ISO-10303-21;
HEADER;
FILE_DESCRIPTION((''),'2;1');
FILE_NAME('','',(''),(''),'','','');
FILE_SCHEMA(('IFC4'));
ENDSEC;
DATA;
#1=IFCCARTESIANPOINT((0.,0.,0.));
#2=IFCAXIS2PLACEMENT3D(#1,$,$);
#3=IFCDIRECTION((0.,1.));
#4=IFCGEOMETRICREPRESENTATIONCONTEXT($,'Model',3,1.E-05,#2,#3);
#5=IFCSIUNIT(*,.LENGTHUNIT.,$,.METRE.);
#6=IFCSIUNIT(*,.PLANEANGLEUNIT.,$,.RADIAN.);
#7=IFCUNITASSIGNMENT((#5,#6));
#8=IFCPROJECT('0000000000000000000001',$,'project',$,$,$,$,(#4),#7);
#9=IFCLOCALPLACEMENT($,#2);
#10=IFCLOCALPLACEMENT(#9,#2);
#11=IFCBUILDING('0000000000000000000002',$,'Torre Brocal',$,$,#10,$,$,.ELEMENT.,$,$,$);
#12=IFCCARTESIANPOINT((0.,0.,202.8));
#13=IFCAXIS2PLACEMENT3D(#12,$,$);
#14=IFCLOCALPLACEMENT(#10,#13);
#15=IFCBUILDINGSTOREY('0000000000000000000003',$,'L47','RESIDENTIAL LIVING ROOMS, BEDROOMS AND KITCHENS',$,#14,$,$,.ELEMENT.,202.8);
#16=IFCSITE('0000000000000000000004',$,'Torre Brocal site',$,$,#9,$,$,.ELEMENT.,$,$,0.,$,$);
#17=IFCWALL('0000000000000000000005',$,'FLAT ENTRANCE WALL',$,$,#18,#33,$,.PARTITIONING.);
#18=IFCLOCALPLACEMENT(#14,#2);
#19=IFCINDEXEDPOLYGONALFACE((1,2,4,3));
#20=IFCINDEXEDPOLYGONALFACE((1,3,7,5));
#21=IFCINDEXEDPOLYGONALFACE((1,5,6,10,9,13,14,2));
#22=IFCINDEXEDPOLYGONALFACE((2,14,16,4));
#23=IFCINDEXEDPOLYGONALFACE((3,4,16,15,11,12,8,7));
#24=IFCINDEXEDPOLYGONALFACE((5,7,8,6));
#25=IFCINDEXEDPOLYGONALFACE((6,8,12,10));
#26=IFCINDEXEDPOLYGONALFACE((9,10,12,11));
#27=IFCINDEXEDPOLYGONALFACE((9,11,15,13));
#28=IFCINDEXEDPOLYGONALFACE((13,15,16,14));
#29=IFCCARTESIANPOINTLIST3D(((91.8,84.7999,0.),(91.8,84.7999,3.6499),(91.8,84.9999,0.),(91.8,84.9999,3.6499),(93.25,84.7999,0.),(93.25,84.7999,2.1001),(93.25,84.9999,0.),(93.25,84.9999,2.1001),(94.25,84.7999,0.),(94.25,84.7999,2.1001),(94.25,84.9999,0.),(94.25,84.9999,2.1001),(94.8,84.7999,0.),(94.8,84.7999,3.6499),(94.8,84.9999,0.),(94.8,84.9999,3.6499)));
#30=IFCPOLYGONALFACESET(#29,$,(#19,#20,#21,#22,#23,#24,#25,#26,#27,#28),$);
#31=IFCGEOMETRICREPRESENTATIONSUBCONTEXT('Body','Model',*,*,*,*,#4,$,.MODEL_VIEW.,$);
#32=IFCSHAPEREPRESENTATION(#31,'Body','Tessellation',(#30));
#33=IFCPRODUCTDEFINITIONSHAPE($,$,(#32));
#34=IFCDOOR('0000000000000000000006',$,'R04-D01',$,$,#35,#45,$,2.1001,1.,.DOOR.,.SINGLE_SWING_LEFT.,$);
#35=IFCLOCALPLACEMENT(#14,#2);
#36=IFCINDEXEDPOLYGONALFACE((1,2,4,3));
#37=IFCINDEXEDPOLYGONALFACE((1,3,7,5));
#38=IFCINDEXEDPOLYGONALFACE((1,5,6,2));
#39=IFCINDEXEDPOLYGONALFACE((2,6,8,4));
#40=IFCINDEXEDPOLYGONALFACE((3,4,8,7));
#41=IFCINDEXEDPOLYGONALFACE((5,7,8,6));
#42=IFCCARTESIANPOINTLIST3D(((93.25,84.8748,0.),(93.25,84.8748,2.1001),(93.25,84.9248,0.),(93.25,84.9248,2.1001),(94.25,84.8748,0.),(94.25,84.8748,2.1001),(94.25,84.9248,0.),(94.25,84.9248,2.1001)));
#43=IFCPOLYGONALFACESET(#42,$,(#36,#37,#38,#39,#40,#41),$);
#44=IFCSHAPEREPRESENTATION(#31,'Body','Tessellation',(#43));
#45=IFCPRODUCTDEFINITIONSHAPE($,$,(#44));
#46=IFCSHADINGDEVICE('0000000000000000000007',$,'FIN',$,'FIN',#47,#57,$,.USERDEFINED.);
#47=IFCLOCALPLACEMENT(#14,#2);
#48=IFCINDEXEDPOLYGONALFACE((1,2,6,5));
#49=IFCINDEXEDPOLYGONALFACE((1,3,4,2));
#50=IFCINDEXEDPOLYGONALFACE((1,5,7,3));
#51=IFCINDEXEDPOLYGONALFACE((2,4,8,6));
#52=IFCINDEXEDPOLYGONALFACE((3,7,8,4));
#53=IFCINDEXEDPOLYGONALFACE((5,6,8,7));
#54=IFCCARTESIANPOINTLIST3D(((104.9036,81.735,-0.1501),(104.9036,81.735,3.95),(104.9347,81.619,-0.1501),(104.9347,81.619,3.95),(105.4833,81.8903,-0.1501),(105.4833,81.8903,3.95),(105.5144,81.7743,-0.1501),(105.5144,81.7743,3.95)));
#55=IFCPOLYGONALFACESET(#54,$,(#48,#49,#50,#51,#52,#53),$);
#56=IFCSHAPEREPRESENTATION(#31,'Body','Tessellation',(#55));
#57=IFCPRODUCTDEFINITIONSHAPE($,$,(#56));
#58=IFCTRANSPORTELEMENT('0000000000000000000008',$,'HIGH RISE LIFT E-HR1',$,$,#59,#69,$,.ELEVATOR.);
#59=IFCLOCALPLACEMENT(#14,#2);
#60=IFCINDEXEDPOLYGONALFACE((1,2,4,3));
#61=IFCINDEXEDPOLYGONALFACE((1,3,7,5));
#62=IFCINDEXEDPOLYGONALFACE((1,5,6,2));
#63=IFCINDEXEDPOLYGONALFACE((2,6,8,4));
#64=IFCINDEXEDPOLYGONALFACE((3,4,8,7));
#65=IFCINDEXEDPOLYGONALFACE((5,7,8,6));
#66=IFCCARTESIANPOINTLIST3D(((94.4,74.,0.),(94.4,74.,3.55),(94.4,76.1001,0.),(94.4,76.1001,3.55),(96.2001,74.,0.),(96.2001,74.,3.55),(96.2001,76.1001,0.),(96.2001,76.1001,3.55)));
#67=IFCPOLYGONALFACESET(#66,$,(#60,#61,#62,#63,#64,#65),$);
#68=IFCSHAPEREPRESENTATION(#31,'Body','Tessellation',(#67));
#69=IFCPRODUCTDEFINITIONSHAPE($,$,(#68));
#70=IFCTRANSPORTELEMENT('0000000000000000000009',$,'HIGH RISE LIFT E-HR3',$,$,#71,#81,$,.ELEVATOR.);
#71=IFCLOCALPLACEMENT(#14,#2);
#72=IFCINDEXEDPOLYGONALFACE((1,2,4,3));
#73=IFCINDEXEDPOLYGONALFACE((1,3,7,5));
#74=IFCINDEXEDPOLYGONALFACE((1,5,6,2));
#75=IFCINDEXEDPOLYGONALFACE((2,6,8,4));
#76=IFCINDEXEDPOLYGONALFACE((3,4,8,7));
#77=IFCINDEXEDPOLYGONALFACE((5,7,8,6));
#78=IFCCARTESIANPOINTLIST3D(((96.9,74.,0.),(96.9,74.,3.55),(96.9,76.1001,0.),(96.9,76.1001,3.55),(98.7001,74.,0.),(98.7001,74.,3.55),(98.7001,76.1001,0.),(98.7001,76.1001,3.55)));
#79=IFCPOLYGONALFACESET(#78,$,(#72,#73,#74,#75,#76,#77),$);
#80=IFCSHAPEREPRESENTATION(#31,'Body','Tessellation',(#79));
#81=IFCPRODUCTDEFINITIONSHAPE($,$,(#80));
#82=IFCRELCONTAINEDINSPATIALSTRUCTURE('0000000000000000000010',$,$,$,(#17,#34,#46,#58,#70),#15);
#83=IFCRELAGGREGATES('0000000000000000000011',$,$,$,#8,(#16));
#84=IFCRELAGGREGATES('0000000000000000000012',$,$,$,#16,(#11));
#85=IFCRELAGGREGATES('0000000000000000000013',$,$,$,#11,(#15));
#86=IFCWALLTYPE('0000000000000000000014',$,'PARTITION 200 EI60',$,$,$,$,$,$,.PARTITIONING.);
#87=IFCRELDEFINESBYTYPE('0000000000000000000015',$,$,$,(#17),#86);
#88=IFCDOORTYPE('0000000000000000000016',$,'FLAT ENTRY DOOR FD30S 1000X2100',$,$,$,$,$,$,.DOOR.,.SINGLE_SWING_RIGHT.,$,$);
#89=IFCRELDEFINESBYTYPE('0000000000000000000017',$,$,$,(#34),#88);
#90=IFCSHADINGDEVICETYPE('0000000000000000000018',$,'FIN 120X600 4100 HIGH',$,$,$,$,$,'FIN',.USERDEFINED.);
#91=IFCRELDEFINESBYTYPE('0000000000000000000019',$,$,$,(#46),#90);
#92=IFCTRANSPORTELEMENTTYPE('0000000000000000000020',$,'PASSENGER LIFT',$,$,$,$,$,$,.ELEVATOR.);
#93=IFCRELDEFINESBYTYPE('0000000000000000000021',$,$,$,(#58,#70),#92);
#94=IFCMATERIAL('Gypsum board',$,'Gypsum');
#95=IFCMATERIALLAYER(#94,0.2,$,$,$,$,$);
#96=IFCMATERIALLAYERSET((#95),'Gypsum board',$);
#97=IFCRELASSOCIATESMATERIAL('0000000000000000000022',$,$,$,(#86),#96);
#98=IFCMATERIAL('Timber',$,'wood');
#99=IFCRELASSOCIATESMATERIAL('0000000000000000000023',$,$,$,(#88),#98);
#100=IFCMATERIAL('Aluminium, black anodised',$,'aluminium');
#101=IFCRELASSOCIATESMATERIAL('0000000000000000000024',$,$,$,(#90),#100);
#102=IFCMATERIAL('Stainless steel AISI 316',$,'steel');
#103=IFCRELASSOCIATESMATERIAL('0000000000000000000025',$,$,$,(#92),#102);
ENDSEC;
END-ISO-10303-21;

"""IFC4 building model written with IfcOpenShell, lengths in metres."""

from ifc_helpers import new_model, si_unit, direction, frame, frame_2d, origin, origin_2d, place, context, subcontext, project, spatial, rectangle, extrude, material, layer, layer_set, material_profile, profile_set, type_object, element, fill, save


model = new_model("IFC4")

# Units and contexts
model_context = context("Model", 3, precision=1e-05, world=origin(), true_north=direction((0.0, 1.0)))
body_context = subcontext(model_context, "Body", "Model", "MODEL_VIEW")
ifc_project = project(units=[si_unit("LENGTHUNIT", "METRE"), si_unit("PLANEANGLEUNIT", "RADIAN")], contexts=[model_context])

# Site, building, storey
site_placement = place(None, origin())
site = spatial("IfcSite", under=ifc_project, at=site_placement, Name="Torre Brocal site", CompositionType="ELEMENT", RefElevation=0.0)
building_placement = place(site_placement, origin())
building = spatial("IfcBuilding", under=site, at=building_placement, Name="Torre Brocal", CompositionType="ELEMENT")
storey_placement = place(building_placement, frame((0.0, 0.0, 202.8)))
storey = spatial("IfcBuildingStorey", under=building, at=storey_placement, Name="L47", Description="RESIDENTIAL LIVING ROOMS, BEDROOMS AND KITCHENS", CompositionType="ELEMENT", Elevation=202.8)

# Wall, opening, door
ifc_material_1 = material(Name="Gypsum board", Category="Gypsum")
ifc_layer_1 = layer(ifc_material_1, 0.2)
ifc_layer_set_1 = layer_set([ifc_layer_1], Name="Gypsum board")
wall_type_1 = type_object("IfcWallType", Name="PARTITION 200 EI60", PredefinedType="PARTITIONING", material=ifc_layer_set_1)
wall_1_placement = place(storey_placement, frame((91.8, 84.8999, 0.0), z_axis=(0.0, 0.0, 1.0), x_axis=(1.0, 0.0, 0.0)))
wall_1 = element("IfcWall", 1, at=wall_1_placement, inside=storey, type_object=wall_type_1, Name="FLAT ENTRANCE WALL", PredefinedType="PARTITIONING", context=body_context, shape_type="SweptSolid", body=[
    extrude(rectangle(XDim=3.0, YDim=0.2, at=frame_2d((1.5, 0.0))), origin(), (0.0, 0.0, 1.0), 3.6499),
])
opening_1_placement = place(wall_1_placement, frame((1.45, 0.0, 0.0)))
opening_1 = element("IfcOpeningElement", 2, at=opening_1_placement, cuts=wall_1, PredefinedType="OPENING", context=body_context, shape_type="SweptSolid", body=[
    extrude(rectangle(XDim=1.0, YDim=2.1001, at=frame_2d((0.5, 1.05))), frame((0.0, 0.1099, 0.0), z_axis=(0.0, -1.0, 0.0), x_axis=(1.0, 0.0, 0.0)), (0.0, 0.0, 1.0), 0.22),
])
ifc_material_2 = material(Name="Timber", Category="wood")
door_type_1 = type_object("IfcDoorType", Name="FLAT ENTRY DOOR FD30S 1000X2100", OperationType="SINGLE_SWING_RIGHT", PredefinedType="DOOR", material=ifc_material_2)
door_1_placement = place(opening_1_placement, origin())
door_1 = element("IfcDoor", 3, at=door_1_placement, inside=storey, type_object=door_type_1, Name="R04-D01", OperationType="SINGLE_SWING_LEFT", OverallHeight=2.1001, OverallWidth=1.0, PredefinedType="DOOR", context=body_context, shape_type="SweptSolid", body=[
    extrude(rectangle(XDim=1.0, YDim=2.1001, at=frame_2d((0.5, 1.05))), frame((0.0, 0.0249, 0.0), z_axis=(0.0, -1.0, 0.0), x_axis=(1.0, 0.0, 0.0)), (0.0, 0.0, 1.0), 0.05),
])
fill(opening_1, door_1)

# Shading device
ifc_material_3 = material(Name="Aluminium, black anodised", Category="aluminium")
ifc_material_profile_1 = material_profile(ifc_material_3, rectangle(XDim=0.1201, YDim=0.6001, at=origin_2d()), Name="FIN 120X600 4100 HIGH")
ifc_profile_set_1 = profile_set([ifc_material_profile_1], Name="Aluminium, black anodised")
shading_device_type = type_object("IfcShadingDeviceType", Name="FIN 120X600 4100 HIGH", ElementType="FIN", PredefinedType="USERDEFINED", material=ifc_profile_set_1)
shading_device_placement = place(storey_placement, frame((105.209, 81.7546, -0.1501), z_axis=(0.0, 0.0, 1.0), x_axis=(-0.258819, 0.965926, 0.0)))
element("IfcShadingDevice", 4, at=shading_device_placement, inside=storey, type_object=shading_device_type, Name="FIN", ObjectType="FIN", PredefinedType="USERDEFINED", context=body_context, shape_type="SweptSolid", body=[
    extrude(rectangle(XDim=0.1201, YDim=0.6001, at=origin_2d()), origin(), (0.0, 0.0, 1.0), 4.1001),
])

# Transport elements
ifc_material_4 = material(Name="Stainless steel AISI 316", Category="steel")
transport_element_type = type_object("IfcTransportElementType", Name="PASSENGER LIFT", PredefinedType="ELEVATOR", material=ifc_material_4)
for number, where, z_axis, x_axis, name in (
    (5, (95.3, 75.05, 0.0), (0.0, 0.0, 1.0), (1.0, 0.0, 0.0), "HIGH RISE LIFT E-HR1"),
    (6, (97.8, 75.05, 0.0), (0.0, 0.0, 1.0), (1.0, 0.0, 0.0), "HIGH RISE LIFT E-HR3"),
):
    element("IfcTransportElement", number, at=place(storey_placement, frame(where, z_axis=z_axis, x_axis=x_axis)), inside=storey, type_object=transport_element_type, Name=name, PredefinedType="ELEVATOR", context=body_context, shape_type="SweptSolid", body=[
        extrude(rectangle(XDim=1.8, YDim=2.1001, at=origin_2d()), origin(), (0.0, 0.0, 1.0), 3.55),
    ])

save(model, "model.ifc")
